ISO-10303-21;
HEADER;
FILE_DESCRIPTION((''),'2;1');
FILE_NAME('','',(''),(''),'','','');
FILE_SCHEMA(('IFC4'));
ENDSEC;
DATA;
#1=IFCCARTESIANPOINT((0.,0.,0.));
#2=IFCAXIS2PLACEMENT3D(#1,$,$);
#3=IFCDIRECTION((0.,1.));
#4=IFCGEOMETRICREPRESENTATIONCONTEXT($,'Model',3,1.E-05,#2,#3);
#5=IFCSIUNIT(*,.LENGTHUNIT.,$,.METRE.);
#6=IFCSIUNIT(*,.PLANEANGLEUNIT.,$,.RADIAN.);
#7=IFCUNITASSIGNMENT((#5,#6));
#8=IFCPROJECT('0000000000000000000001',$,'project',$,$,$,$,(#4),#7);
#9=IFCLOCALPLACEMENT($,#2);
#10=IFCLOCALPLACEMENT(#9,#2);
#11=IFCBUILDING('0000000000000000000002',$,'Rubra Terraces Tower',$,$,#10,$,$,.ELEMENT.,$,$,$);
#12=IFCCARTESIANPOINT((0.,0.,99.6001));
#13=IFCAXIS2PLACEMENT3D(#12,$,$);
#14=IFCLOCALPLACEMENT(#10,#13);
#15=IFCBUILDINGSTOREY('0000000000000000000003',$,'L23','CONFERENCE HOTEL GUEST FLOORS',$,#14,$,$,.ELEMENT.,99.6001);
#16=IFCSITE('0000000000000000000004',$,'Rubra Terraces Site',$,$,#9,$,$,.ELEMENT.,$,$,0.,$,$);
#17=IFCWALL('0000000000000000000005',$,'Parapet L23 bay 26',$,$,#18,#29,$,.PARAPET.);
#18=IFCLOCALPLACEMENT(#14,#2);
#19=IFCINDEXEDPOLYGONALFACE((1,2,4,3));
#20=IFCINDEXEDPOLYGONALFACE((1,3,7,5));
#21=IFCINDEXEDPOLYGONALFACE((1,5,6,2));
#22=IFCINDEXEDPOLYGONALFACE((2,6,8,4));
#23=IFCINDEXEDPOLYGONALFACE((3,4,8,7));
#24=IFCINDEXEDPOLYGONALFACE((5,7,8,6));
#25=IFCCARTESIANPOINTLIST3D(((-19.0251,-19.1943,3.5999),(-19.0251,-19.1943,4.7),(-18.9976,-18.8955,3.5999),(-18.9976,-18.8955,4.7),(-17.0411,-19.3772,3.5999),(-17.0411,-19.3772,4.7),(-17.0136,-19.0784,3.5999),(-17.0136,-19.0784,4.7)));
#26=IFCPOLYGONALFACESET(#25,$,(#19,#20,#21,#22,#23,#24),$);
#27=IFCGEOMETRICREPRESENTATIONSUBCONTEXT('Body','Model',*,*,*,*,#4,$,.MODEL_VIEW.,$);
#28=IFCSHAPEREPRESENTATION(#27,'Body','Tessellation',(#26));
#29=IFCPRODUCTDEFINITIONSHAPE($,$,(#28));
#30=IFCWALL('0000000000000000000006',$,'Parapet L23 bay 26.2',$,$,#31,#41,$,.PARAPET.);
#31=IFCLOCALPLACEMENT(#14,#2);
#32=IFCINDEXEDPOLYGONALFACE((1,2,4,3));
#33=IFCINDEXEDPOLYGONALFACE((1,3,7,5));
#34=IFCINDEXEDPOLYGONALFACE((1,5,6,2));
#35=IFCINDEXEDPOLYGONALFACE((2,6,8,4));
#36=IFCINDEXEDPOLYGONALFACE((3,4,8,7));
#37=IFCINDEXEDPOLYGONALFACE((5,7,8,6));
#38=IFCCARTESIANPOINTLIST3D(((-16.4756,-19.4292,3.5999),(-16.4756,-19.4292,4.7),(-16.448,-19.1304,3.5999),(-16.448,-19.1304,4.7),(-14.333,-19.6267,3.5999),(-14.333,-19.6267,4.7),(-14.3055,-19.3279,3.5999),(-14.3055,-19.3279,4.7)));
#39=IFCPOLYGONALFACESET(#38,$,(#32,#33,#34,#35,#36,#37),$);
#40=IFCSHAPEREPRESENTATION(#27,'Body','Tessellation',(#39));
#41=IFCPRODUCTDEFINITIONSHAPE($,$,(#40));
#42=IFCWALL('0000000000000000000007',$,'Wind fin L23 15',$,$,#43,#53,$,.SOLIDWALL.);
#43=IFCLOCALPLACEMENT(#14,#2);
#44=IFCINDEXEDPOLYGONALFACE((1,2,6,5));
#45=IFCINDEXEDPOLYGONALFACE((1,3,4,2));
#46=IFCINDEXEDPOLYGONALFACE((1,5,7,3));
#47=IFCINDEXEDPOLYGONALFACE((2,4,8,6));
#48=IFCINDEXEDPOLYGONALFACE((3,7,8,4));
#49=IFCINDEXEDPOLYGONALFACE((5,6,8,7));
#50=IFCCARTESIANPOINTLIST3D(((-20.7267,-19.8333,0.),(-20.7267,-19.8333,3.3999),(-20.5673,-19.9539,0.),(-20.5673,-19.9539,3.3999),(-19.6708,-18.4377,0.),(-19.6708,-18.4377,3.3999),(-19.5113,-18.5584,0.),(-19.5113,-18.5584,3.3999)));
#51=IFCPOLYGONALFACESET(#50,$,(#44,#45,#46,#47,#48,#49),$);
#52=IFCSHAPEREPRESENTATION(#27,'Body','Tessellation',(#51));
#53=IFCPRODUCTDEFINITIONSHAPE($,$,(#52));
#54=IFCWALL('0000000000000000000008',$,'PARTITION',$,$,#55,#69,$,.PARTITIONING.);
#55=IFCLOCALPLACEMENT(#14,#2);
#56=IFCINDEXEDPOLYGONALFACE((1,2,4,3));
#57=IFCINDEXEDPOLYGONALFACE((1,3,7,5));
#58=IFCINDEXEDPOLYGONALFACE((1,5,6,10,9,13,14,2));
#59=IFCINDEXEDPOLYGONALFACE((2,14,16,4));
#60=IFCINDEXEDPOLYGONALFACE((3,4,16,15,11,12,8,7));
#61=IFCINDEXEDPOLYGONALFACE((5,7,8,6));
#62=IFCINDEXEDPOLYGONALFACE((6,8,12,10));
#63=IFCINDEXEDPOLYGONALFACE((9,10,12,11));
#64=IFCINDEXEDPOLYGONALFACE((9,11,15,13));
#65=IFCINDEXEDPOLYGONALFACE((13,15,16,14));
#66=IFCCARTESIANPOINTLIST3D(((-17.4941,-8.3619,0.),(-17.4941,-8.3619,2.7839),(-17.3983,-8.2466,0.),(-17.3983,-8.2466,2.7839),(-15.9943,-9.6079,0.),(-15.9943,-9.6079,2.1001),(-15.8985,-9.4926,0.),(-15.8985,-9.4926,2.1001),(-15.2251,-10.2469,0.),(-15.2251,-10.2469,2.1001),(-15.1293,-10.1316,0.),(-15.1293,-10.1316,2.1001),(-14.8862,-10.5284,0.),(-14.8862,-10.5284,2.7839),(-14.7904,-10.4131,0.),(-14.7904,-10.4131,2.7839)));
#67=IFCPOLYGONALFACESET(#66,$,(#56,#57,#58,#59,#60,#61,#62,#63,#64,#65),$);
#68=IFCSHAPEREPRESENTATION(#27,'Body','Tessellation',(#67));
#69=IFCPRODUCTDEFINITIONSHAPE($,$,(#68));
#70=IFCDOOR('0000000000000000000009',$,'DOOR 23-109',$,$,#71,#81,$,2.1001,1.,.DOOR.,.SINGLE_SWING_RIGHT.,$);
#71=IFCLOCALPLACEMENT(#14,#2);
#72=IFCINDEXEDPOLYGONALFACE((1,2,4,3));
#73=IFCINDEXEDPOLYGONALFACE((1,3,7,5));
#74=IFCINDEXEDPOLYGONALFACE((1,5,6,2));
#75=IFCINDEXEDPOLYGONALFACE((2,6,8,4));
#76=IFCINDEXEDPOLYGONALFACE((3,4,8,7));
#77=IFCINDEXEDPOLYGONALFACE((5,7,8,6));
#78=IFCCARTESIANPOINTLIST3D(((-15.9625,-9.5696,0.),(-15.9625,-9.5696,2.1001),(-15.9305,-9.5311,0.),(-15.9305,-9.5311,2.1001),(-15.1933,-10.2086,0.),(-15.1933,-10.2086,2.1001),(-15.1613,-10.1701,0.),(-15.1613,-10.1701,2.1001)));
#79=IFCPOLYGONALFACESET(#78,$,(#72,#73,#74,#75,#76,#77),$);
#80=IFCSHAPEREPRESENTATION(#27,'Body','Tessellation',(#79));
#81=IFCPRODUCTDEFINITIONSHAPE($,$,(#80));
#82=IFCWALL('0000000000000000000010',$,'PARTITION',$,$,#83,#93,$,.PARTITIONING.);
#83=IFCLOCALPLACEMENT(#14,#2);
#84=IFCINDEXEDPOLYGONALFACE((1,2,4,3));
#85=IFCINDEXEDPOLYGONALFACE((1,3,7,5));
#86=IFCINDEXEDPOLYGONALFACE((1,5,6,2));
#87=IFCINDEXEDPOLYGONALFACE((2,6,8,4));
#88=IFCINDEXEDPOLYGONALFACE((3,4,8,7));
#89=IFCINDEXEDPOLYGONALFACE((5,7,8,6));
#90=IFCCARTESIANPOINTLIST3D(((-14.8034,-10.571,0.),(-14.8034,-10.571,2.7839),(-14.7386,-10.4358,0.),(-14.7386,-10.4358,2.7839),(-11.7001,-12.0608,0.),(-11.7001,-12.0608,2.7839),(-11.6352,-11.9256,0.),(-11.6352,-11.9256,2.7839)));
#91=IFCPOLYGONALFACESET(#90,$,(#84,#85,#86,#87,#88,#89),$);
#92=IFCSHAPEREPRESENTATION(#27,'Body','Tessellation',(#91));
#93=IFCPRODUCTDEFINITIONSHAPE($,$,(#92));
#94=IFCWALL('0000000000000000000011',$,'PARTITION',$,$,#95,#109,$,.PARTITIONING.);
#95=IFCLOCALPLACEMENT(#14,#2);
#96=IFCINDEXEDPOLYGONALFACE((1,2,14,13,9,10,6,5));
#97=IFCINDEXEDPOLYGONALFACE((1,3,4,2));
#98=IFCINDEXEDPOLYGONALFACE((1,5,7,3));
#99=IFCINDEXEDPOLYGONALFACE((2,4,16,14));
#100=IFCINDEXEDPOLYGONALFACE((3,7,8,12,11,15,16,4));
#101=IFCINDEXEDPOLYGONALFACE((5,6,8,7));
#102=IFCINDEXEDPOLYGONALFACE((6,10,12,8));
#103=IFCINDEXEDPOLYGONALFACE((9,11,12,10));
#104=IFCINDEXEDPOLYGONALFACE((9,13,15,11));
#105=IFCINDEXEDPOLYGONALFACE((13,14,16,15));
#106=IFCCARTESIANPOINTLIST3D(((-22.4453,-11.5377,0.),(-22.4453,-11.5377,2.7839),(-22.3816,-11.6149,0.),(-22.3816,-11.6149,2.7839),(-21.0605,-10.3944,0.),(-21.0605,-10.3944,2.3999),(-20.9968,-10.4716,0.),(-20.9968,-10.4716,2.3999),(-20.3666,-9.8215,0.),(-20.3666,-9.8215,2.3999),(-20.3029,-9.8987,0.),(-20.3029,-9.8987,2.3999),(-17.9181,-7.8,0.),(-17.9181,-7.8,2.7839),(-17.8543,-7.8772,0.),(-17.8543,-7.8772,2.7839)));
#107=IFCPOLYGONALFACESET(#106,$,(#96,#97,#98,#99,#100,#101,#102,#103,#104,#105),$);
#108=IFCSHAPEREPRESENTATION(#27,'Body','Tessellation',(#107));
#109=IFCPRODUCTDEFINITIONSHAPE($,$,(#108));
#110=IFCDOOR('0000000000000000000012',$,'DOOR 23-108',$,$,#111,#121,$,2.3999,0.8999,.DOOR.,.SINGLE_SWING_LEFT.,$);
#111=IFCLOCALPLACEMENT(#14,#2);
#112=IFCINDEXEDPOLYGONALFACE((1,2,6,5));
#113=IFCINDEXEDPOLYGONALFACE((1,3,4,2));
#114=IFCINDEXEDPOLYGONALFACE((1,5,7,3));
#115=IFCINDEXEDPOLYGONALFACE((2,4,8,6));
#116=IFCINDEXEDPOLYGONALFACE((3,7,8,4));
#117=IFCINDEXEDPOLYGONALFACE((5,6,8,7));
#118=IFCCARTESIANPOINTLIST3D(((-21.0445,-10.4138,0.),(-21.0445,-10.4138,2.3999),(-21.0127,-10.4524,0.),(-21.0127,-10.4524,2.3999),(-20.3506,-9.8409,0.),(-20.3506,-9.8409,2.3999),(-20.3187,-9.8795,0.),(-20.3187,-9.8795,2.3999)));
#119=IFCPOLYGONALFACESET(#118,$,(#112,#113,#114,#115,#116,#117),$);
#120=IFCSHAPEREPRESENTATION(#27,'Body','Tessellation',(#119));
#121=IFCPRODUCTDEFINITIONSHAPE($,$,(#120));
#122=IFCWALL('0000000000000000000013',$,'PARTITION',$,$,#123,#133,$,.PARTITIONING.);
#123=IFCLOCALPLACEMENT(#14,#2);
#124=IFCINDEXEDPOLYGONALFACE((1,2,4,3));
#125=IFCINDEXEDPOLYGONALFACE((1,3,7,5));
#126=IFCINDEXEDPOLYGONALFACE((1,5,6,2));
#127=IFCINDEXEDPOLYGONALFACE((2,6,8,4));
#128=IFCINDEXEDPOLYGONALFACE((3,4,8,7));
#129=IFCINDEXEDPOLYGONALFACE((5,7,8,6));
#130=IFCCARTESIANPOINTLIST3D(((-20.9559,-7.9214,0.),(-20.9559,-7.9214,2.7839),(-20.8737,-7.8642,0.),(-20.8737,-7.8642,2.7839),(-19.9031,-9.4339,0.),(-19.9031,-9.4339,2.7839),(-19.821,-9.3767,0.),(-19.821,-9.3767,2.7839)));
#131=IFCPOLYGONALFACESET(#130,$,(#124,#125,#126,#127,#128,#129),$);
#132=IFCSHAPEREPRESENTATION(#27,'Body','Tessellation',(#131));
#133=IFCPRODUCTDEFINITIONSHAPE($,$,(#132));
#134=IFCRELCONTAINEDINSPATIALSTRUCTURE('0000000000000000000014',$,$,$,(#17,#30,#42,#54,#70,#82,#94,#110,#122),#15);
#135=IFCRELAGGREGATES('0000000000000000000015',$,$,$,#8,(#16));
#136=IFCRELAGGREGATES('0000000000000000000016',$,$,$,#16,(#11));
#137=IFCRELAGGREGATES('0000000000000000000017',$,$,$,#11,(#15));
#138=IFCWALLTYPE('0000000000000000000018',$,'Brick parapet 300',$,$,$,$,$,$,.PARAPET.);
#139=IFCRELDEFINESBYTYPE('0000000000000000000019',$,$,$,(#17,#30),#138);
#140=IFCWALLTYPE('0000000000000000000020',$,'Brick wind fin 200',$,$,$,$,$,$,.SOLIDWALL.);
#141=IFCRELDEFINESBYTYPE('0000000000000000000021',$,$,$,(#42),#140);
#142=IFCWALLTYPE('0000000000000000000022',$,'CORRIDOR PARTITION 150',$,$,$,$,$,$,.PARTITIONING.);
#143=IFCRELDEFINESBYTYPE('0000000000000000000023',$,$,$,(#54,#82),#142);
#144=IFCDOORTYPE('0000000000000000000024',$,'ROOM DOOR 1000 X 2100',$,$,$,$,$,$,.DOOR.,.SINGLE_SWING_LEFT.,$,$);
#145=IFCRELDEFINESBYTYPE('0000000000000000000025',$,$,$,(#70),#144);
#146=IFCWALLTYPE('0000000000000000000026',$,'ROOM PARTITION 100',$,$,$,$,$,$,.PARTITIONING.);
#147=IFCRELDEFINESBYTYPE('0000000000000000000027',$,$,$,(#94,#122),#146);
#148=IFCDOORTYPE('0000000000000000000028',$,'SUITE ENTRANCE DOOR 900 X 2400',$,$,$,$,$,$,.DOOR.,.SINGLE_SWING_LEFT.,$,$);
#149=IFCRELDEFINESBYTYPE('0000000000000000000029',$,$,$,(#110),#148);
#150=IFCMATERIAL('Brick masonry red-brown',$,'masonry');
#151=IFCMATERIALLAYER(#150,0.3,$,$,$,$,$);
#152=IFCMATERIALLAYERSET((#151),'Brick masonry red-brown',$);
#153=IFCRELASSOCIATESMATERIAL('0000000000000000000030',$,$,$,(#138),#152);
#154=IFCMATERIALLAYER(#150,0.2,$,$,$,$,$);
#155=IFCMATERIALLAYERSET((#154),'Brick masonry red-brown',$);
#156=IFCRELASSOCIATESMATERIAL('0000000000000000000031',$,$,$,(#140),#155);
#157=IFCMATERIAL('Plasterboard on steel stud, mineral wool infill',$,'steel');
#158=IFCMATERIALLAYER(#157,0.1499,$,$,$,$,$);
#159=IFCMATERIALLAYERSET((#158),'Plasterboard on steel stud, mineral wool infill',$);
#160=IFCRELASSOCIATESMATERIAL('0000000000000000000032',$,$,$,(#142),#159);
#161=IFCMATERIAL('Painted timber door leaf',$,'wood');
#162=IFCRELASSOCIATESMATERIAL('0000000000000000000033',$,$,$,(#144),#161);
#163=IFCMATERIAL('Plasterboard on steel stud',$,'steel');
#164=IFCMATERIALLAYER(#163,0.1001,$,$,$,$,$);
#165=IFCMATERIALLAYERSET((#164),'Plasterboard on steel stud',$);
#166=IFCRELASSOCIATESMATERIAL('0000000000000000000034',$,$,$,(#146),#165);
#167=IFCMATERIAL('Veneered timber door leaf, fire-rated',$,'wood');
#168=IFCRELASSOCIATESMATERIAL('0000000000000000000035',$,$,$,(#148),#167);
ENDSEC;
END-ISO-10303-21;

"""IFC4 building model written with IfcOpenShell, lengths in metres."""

from ifc_helpers import new_model, si_unit, direction, frame, frame_2d, origin, place, context, subcontext, project, spatial, rectangle, extrude, material, layer, layer_set, type_object, element, fill, save


model = new_model("IFC4")

# Units and contexts
model_context = context("Model", 3, precision=1e-05, world=origin(), true_north=direction((0.0, 1.0)))
body_context = subcontext(model_context, "Body", "Model", "MODEL_VIEW")
ifc_project = project(units=[si_unit("LENGTHUNIT", "METRE"), si_unit("PLANEANGLEUNIT", "RADIAN")], contexts=[model_context])

# Site, building, storey
site_placement = place(None, origin())
site = spatial("IfcSite", under=ifc_project, at=site_placement, Name="Rubra Terraces Site", CompositionType="ELEMENT", RefElevation=0.0)
building_placement = place(site_placement, origin())
building = spatial("IfcBuilding", under=site, at=building_placement, Name="Rubra Terraces Tower", CompositionType="ELEMENT")
storey_placement = place(building_placement, frame((0.0, 0.0, 99.6001)))
storey = spatial("IfcBuildingStorey", under=building, at=storey_placement, Name="L23", Description="CONFERENCE HOTEL GUEST FLOORS", CompositionType="ELEMENT", Elevation=99.6001)

# Shared definitions
ifc_material_1 = material(Name="Brick masonry red-brown", Category="masonry")

# Walls
ifc_layer_1 = layer(ifc_material_1, 0.3)
ifc_layer_set_1 = layer_set([ifc_layer_1], Name="Brick masonry red-brown")
wall_type_1 = type_object("IfcWallType", Name="Brick parapet 300", PredefinedType="PARAPET", material=ifc_layer_set_1)
wall_1_placement = place(storey_placement, frame((-19.0112, -19.0449, 3.5999), z_axis=(0.0, 0.0, 1.0), x_axis=(0.99578, -0.091773, 0.0)))
element("IfcWall", 1, at=wall_1_placement, inside=storey, type_object=wall_type_1, Name="Parapet L23 bay 26", PredefinedType="PARAPET", context=body_context, shape_type="SweptSolid", body=[
    extrude(rectangle(XDim=1.9924, YDim=0.3, at=frame_2d((0.9961, 0.0))), origin(), (0.0, 0.0, 1.0), 1.1001),
])
wall_2_placement = place(storey_placement, frame((-16.4617, -19.2798, 3.5999), z_axis=(0.0, 0.0, 1.0), x_axis=(0.995778, -0.091794, 0.0)))
element("IfcWall", 2, at=wall_2_placement, inside=storey, type_object=wall_type_1, Name="Parapet L23 bay 26.2", PredefinedType="PARAPET", context=body_context, shape_type="SweptSolid", body=[
    extrude(rectangle(XDim=2.1516, YDim=0.3, at=frame_2d((1.0757, 0.0))), origin(), (0.0, 0.0, 1.0), 1.1001),
])
ifc_layer_2 = layer(ifc_material_1, 0.2)
ifc_layer_set_2 = layer_set([ifc_layer_2], Name="Brick masonry red-brown")
wall_type_2 = type_object("IfcWallType", Name="Brick wind fin 200", PredefinedType="SOLIDWALL", material=ifc_layer_set_2)
wall_3_placement = place(storey_placement, frame((-19.5911, -18.498, 0.0), z_axis=(0.0, 0.0, 1.0), x_axis=(-0.603388, -0.797448, 0.0)))
element("IfcWall", 3, at=wall_3_placement, inside=storey, type_object=wall_type_2, Name="Wind fin L23 15", PredefinedType="SOLIDWALL", context=body_context, shape_type="SweptSolid", body=[
    extrude(rectangle(XDim=1.75, YDim=0.2, at=frame_2d((0.875, 0.0))), origin(), (0.0, 0.0, 1.0), 3.3999),
])

# Wall, opening, door
ifc_material_2 = material(Name="Plasterboard on steel stud, mineral wool infill", Category="steel")
ifc_layer_3 = layer(ifc_material_2, 0.1499)
ifc_layer_set_3 = layer_set([ifc_layer_3], Name="Plasterboard on steel stud, mineral wool infill")
wall_type_3 = type_object("IfcWallType", Name="CORRIDOR PARTITION 150", PredefinedType="PARTITIONING", material=ifc_layer_set_3)
wall_4_placement = place(storey_placement, frame((-17.4463, -8.3042, 0.0), z_axis=(0.0, 0.0, 1.0), x_axis=(0.7692, -0.639008, 0.0)))
wall_4 = element("IfcWall", 4, at=wall_4_placement, inside=storey, type_object=wall_type_3, Name="PARTITION", PredefinedType="PARTITIONING", context=body_context, shape_type="SweptSolid", body=[
    extrude(rectangle(XDim=3.3904, YDim=0.1499, at=frame_2d((1.6953, 0.0))), origin(), (0.0, 0.0, 1.0), 2.7839),
])
opening_1_placement = place(wall_4_placement, frame((1.95, 0.0, 0.0)))
opening_1 = element("IfcOpeningElement", 5, at=opening_1_placement, cuts=wall_4, PredefinedType="OPENING", context=body_context, shape_type="SweptSolid", body=[
    extrude(rectangle(XDim=1.0, YDim=2.1001, at=frame_2d((0.5, 1.05))), frame((0.0, 0.085, 0.0), z_axis=(0.0, -1.0, 0.0), x_axis=(1.0, 0.0, 0.0)), (0.0, 0.0, 1.0), 0.1699),
])
ifc_material_3 = material(Name="Painted timber door leaf", Category="wood")
door_type_1 = type_object("IfcDoorType", Name="ROOM DOOR 1000 X 2100", OperationType="SINGLE_SWING_LEFT", PredefinedType="DOOR", material=ifc_material_3)
door_1_placement = place(opening_1_placement, origin())
door_1 = element("IfcDoor", 6, at=door_1_placement, inside=storey, type_object=door_type_1, Name="DOOR 23-109", OperationType="SINGLE_SWING_RIGHT", OverallHeight=2.1001, OverallWidth=1.0, PredefinedType="DOOR", context=body_context, shape_type="SweptSolid", body=[
    extrude(rectangle(XDim=1.0, YDim=2.1001, at=frame_2d((0.5, 1.05))), frame((0.0, 0.0249, 0.0), z_axis=(0.0, -1.0, 0.0), x_axis=(1.0, 0.0, 0.0)), (0.0, 0.0, 1.0), 0.05),
])
fill(opening_1, door_1)

# Wall
wall_5_placement = place(storey_placement, frame((-14.771, -10.5034, 0.0), z_axis=(0.0, 0.0, 1.0), x_axis=(0.901503, -0.432773, 0.0)))
element("IfcWall", 7, at=wall_5_placement, inside=storey, type_object=wall_type_3, Name="PARTITION", PredefinedType="PARTITIONING", context=body_context, shape_type="SweptSolid", body=[
    extrude(rectangle(XDim=3.4424, YDim=0.1499, at=frame_2d((1.7212, 0.0))), origin(), (0.0, 0.0, 1.0), 2.7839),
])

# Wall, opening, door
ifc_material_4 = material(Name="Plasterboard on steel stud", Category="steel")
ifc_layer_4 = layer(ifc_material_4, 0.1001)
ifc_layer_set_4 = layer_set([ifc_layer_4], Name="Plasterboard on steel stud")
wall_type_4 = type_object("IfcWallType", Name="ROOM PARTITION 100", PredefinedType="PARTITIONING", material=ifc_layer_set_4)
wall_6_placement = place(storey_placement, frame((-22.4136, -11.5764, 0.0), z_axis=(0.0, 0.0, 1.0), x_axis=(0.771145, 0.63666, 0.0)))
wall_6 = element("IfcWall", 8, at=wall_6_placement, inside=storey, type_object=wall_type_4, Name="PARTITION", PredefinedType="PARTITIONING", context=body_context, shape_type="SweptSolid", body=[
    extrude(rectangle(XDim=5.8708, YDim=0.1001, at=frame_2d((2.9355, 0.0))), origin(), (0.0, 0.0, 1.0), 2.7839),
])
opening_2_placement = place(wall_6_placement, frame((1.7959, 0.0, 0.0)))
opening_2 = element("IfcOpeningElement", 9, at=opening_2_placement, cuts=wall_6, PredefinedType="OPENING", context=body_context, shape_type="SweptSolid", body=[
    extrude(rectangle(XDim=0.8999, YDim=2.3999, at=frame_2d((0.45, 1.2))), frame((0.0, 0.0601, 0.0), z_axis=(0.0, -1.0, 0.0), x_axis=(1.0, 0.0, 0.0)), (0.0, 0.0, 1.0), 0.1201),
])
ifc_material_5 = material(Name="Veneered timber door leaf, fire-rated", Category="wood")
door_type_2 = type_object("IfcDoorType", Name="SUITE ENTRANCE DOOR 900 X 2400", OperationType="SINGLE_SWING_LEFT", PredefinedType="DOOR", material=ifc_material_5)
door_2_placement = place(opening_2_placement, origin())
door_2 = element("IfcDoor", 10, at=door_2_placement, inside=storey, type_object=door_type_2, Name="DOOR 23-108", OperationType="SINGLE_SWING_LEFT", OverallHeight=2.3999, OverallWidth=0.8999, PredefinedType="DOOR", context=body_context, shape_type="SweptSolid", body=[
    extrude(rectangle(XDim=0.8999, YDim=2.3999, at=frame_2d((0.45, 1.2))), frame((0.0, 0.0249, 0.0), z_axis=(0.0, -1.0, 0.0), x_axis=(1.0, 0.0, 0.0)), (0.0, 0.0, 1.0), 0.05),
])
fill(opening_2, door_2)

# Wall
wall_7_placement = place(storey_placement, frame((-20.9148, -7.8928, 0.0), z_axis=(0.0, 0.0, 1.0), x_axis=(0.571282, -0.820754, 0.0)))
element("IfcWall", 11, at=wall_7_placement, inside=storey, type_object=wall_type_4, Name="PARTITION", PredefinedType="PARTITIONING", context=body_context, shape_type="SweptSolid", body=[
    extrude(rectangle(XDim=1.8428, YDim=0.1001, at=frame_2d((0.9214, 0.0))), origin(), (0.0, 0.0, 1.0), 2.7839),
])

save(model, "model.ifc")
